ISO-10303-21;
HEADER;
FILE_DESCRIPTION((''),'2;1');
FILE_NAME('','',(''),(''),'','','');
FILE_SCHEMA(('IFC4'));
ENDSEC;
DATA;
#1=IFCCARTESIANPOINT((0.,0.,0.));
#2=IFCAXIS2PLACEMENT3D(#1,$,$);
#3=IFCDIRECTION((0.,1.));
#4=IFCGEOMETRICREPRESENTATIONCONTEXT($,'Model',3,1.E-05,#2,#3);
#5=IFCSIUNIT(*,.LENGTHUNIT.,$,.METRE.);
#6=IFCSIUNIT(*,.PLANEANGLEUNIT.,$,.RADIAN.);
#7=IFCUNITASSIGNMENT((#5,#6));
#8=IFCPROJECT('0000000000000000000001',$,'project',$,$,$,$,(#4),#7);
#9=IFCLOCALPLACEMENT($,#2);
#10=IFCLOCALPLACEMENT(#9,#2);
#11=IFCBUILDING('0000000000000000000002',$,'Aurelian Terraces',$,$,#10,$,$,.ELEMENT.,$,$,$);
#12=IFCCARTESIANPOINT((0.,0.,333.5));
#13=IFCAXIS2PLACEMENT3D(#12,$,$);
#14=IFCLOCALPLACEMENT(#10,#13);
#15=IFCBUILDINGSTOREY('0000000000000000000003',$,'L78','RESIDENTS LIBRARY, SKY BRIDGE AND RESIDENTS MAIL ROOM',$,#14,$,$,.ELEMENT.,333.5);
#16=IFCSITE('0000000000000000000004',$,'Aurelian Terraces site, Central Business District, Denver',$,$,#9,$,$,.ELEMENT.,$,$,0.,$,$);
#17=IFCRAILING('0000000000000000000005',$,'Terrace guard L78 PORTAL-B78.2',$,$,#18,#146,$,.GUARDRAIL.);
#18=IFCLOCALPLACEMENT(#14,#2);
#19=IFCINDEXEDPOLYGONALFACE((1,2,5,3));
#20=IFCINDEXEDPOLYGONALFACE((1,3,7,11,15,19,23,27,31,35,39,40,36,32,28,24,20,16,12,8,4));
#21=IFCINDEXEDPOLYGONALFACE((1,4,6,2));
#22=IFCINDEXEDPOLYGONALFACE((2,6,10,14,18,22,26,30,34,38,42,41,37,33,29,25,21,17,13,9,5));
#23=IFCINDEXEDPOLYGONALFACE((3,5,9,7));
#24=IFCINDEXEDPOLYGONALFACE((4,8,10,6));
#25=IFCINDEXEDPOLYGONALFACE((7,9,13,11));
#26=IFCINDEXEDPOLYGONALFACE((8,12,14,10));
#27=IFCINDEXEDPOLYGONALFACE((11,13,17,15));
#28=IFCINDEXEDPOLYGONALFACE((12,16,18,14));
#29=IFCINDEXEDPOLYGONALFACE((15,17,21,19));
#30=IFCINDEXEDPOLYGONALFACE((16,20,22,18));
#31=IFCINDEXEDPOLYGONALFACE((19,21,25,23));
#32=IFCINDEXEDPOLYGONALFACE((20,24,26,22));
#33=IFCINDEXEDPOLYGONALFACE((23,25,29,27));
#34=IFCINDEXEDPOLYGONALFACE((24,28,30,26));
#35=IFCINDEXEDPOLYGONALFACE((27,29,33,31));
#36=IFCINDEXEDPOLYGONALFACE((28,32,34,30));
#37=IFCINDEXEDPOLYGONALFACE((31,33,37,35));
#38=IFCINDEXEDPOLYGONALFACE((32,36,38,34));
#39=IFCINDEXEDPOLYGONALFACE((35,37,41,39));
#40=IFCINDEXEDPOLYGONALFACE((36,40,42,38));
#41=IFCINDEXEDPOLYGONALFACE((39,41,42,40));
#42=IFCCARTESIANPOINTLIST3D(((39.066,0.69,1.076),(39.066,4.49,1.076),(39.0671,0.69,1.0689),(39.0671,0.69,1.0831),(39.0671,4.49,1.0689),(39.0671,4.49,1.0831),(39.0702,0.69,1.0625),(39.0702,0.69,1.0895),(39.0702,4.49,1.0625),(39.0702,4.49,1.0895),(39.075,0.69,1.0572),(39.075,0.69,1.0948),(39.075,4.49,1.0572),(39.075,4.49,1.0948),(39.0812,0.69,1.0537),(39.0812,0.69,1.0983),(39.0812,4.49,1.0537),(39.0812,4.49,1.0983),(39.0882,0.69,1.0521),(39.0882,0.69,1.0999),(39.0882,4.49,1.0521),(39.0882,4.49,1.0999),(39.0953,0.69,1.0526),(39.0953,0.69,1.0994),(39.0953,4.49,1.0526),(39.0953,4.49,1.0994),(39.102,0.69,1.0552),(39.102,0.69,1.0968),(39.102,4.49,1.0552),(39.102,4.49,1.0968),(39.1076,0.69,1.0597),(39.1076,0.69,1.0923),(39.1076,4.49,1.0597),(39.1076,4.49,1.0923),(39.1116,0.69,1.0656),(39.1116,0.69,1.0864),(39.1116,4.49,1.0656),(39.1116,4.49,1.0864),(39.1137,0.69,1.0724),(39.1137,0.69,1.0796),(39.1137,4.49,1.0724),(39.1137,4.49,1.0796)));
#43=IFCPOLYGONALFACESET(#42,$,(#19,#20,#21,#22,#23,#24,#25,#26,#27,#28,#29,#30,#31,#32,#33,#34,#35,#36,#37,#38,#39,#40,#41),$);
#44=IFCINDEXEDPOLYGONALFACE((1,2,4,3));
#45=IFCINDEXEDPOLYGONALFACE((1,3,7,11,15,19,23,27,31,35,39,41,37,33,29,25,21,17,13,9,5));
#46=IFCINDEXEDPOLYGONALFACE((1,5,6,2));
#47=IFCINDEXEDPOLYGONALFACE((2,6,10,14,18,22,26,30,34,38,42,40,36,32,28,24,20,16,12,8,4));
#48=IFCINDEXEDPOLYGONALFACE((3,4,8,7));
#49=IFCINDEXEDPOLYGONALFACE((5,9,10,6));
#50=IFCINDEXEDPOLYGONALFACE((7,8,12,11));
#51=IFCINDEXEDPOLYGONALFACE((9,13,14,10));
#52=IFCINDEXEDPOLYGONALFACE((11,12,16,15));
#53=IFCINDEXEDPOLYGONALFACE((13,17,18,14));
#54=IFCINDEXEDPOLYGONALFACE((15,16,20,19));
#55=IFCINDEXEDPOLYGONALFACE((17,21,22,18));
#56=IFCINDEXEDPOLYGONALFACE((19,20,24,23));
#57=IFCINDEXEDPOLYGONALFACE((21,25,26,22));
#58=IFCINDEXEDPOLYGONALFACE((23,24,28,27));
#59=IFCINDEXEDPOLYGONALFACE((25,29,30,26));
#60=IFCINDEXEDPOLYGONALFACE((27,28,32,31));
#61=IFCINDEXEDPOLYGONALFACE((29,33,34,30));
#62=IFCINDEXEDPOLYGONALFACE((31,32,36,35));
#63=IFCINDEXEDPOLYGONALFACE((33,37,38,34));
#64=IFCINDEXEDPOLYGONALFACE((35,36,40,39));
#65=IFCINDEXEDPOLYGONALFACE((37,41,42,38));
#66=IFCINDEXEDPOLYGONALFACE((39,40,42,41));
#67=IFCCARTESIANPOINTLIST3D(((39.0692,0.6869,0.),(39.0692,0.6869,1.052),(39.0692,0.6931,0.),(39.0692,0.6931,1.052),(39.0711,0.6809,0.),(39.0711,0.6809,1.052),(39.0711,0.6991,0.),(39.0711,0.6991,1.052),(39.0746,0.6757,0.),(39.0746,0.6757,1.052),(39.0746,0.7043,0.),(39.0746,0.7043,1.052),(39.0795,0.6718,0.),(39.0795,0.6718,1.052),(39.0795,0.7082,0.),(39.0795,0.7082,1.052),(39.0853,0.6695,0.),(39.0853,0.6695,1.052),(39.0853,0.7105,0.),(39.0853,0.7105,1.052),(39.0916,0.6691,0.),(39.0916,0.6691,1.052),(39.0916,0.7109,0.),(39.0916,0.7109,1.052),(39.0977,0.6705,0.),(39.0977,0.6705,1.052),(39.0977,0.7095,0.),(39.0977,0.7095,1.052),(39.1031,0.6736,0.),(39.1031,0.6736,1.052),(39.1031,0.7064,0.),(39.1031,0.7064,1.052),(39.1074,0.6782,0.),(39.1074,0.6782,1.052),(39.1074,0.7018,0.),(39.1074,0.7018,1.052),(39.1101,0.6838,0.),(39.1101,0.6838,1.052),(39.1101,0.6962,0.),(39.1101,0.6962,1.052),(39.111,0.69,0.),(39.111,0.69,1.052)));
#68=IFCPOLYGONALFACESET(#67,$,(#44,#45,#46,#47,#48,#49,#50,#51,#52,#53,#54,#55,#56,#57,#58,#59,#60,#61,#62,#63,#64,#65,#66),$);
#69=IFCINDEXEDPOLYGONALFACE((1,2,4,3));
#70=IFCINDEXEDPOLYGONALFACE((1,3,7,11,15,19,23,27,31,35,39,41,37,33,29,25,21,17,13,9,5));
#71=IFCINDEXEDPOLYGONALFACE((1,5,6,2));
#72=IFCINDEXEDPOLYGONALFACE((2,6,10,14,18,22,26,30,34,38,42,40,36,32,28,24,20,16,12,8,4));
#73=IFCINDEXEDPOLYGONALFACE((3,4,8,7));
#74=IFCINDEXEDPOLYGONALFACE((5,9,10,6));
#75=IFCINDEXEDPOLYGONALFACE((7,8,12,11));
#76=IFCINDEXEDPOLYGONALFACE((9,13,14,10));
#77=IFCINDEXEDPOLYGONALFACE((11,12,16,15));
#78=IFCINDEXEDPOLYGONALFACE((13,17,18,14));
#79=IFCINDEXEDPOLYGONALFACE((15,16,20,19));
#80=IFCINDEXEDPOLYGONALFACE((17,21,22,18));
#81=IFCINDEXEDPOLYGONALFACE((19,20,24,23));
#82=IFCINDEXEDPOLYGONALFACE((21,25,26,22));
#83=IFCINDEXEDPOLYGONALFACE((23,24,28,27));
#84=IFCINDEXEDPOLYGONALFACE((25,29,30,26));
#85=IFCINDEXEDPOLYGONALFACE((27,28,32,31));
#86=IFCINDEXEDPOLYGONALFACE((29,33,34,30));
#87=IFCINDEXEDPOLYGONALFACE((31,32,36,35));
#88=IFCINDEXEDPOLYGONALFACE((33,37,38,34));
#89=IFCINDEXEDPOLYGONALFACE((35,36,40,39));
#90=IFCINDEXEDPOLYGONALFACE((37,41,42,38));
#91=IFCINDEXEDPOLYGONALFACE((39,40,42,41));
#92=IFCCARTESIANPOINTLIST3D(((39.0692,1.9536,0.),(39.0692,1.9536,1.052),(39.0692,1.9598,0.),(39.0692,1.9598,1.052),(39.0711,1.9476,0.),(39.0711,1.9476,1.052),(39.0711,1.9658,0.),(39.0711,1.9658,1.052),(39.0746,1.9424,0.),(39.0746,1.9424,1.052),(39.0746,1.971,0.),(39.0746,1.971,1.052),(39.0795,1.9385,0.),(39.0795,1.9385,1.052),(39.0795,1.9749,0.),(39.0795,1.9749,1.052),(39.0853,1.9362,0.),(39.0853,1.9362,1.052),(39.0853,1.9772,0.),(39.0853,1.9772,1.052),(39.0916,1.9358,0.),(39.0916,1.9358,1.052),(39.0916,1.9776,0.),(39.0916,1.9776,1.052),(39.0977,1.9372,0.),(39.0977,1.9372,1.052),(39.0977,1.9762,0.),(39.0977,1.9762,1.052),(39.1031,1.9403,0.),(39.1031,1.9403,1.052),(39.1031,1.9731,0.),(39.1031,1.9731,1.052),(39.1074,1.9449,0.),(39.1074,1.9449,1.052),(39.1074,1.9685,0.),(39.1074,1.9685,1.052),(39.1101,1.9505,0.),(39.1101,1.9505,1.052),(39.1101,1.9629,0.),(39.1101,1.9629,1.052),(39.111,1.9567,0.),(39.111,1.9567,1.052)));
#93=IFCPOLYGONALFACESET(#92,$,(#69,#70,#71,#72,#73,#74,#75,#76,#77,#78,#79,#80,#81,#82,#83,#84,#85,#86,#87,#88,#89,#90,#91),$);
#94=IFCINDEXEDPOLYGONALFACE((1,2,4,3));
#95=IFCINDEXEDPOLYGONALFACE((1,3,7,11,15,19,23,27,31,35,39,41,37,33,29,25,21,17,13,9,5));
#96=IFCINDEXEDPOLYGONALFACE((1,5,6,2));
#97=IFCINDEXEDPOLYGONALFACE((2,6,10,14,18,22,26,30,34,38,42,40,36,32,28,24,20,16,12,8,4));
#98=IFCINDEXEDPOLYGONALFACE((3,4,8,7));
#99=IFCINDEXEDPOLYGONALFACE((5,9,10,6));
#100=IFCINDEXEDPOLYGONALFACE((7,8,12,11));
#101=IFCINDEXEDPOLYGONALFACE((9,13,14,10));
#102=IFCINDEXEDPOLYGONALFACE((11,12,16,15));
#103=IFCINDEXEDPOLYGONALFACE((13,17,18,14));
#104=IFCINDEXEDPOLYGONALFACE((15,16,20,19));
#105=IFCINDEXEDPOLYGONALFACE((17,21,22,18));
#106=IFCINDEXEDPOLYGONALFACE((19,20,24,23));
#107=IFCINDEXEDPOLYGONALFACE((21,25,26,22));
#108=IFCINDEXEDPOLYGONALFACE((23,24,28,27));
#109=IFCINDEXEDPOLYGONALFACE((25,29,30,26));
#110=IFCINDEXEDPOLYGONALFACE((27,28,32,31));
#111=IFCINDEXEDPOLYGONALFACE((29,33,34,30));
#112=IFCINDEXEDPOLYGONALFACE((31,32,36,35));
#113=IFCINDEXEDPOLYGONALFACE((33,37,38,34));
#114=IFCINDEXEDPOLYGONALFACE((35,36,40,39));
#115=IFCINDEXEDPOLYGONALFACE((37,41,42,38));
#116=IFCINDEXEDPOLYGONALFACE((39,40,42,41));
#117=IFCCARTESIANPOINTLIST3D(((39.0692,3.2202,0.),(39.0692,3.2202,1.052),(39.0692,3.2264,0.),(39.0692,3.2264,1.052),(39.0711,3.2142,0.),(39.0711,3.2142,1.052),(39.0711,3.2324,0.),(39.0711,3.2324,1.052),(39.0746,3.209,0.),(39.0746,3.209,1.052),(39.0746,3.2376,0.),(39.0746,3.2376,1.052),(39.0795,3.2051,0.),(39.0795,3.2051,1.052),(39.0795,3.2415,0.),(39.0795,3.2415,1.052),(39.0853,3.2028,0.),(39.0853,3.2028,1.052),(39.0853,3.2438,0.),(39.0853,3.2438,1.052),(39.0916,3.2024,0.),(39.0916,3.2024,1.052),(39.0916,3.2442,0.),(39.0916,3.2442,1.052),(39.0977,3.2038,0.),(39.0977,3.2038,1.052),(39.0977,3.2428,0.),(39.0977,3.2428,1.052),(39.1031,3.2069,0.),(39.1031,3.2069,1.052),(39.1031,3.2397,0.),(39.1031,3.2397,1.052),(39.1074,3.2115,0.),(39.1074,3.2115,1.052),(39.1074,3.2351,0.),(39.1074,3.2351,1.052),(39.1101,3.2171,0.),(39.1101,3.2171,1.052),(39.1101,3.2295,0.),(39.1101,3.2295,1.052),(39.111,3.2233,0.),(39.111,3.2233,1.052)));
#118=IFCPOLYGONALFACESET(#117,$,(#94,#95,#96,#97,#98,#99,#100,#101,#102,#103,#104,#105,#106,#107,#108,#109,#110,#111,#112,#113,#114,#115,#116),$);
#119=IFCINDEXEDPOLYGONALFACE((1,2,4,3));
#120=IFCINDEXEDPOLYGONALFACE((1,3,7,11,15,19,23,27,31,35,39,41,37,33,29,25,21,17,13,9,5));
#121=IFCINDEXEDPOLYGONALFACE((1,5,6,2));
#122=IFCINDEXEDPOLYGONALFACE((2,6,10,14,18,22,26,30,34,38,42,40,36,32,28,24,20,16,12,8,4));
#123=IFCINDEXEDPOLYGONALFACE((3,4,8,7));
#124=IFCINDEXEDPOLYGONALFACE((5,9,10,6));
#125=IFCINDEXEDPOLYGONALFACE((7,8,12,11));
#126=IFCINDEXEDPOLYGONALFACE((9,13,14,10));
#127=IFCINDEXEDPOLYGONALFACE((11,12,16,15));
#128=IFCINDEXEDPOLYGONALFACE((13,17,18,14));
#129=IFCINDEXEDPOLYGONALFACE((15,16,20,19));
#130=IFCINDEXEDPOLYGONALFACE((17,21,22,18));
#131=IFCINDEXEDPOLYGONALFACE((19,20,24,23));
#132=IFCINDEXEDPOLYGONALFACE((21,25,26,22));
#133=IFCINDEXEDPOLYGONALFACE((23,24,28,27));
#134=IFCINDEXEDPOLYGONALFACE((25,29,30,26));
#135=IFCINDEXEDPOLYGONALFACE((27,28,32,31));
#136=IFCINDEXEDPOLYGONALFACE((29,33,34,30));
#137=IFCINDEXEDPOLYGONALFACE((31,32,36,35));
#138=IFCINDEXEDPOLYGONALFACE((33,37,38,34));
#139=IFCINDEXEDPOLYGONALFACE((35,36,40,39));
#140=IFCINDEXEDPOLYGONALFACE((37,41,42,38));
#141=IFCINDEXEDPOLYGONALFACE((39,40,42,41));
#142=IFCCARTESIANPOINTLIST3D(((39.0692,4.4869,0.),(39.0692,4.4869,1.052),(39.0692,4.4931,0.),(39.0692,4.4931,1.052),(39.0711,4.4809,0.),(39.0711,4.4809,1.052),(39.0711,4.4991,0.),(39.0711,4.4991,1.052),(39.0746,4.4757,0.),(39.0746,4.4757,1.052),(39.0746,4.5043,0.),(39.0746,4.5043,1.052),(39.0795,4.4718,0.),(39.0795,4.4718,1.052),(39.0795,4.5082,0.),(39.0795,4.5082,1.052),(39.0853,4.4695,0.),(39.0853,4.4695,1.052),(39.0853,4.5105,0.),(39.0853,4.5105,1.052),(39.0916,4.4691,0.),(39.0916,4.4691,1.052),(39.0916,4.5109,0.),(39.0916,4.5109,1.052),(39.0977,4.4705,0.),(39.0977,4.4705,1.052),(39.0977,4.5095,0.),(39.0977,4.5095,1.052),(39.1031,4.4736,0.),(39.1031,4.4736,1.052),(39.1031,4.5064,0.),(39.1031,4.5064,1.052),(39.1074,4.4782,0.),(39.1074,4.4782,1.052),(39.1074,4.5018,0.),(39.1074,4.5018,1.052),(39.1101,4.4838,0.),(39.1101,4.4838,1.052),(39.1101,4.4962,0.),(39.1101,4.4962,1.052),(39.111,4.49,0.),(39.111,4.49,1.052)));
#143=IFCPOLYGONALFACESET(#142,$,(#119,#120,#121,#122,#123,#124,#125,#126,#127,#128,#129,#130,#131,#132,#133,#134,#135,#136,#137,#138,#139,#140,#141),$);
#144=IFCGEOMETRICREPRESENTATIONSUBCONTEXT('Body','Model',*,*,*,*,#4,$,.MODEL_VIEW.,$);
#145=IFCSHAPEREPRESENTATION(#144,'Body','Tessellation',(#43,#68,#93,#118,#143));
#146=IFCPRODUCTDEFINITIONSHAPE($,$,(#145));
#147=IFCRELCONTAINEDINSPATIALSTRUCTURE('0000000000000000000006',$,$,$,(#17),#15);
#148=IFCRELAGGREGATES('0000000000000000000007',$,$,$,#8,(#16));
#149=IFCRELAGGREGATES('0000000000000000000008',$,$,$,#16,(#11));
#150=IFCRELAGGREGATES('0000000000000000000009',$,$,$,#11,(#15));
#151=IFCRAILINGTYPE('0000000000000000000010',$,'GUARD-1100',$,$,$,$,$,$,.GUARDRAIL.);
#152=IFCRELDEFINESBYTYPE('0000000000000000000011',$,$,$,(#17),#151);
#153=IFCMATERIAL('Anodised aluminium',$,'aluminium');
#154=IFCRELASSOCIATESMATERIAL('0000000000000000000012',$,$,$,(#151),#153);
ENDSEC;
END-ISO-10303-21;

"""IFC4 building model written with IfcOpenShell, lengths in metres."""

from ifc_helpers import new_model, si_unit, direction, frame, origin, origin_2d, place, context, subcontext, project, spatial, circle, extrude, material, type_object, element, save


model = new_model("IFC4")

# Units and contexts
model_context = context("Model", 3, precision=1e-05, world=origin(), true_north=direction((0.0, 1.0)))
body_context = subcontext(model_context, "Body", "Model", "MODEL_VIEW")
ifc_project = project(units=[si_unit("LENGTHUNIT", "METRE"), si_unit("PLANEANGLEUNIT", "RADIAN")], contexts=[model_context])

# Site, building, storey
site_placement = place(None, origin())
site = spatial("IfcSite", under=ifc_project, at=site_placement, Name="Aurelian Terraces site, Central Business District, Denver", CompositionType="ELEMENT", RefElevation=0.0)
building_placement = place(site_placement, origin())
building = spatial("IfcBuilding", under=site, at=building_placement, Name="Aurelian Terraces", CompositionType="ELEMENT")
storey_placement = place(building_placement, frame((0.0, 0.0, 333.5)))
storey = spatial("IfcBuildingStorey", under=building, at=storey_placement, Name="L78", Description="RESIDENTS LIBRARY, SKY BRIDGE AND RESIDENTS MAIL ROOM", CompositionType="ELEMENT", Elevation=333.5)

# Railing
ifc_material_1 = material(Name="Anodised aluminium", Category="aluminium")
railing_type = type_object("IfcRailingType", Name="GUARD-1100", PredefinedType="GUARDRAIL", material=ifc_material_1)
railing_1_placement = place(storey_placement, frame((39.09, 0.69, 0.0)))
element("IfcRailing", 1, at=railing_1_placement, inside=storey, type_object=railing_type, Name="Terrace guard L78 PORTAL-B78.2", PredefinedType="GUARDRAIL", context=body_context, shape_type="SweptSolid", body=[
    extrude(circle(Radius=0.024, at=origin_2d()), frame((0.0, 0.0, 1.076), z_axis=(0.0, 1.0, 0.0), x_axis=(-1.0, 0.0, 0.0)), (0.0, 0.0, 1.0), 3.8),
    extrude(circle(Radius=0.021, at=origin_2d()), origin(), (0.0, 0.0, 1.0), 1.052),
    extrude(circle(Radius=0.021, at=origin_2d()), frame((0.0, 1.2667, 0.0)), (0.0, 0.0, 1.0), 1.052),
    extrude(circle(Radius=0.021, at=origin_2d()), frame((0.0, 2.5333, 0.0)), (0.0, 0.0, 1.0), 1.052),
    extrude(circle(Radius=0.021, at=origin_2d()), frame((0.0, 3.8, 0.0)), (0.0, 0.0, 1.0), 1.052),
])

save(model, "model.ifc")
